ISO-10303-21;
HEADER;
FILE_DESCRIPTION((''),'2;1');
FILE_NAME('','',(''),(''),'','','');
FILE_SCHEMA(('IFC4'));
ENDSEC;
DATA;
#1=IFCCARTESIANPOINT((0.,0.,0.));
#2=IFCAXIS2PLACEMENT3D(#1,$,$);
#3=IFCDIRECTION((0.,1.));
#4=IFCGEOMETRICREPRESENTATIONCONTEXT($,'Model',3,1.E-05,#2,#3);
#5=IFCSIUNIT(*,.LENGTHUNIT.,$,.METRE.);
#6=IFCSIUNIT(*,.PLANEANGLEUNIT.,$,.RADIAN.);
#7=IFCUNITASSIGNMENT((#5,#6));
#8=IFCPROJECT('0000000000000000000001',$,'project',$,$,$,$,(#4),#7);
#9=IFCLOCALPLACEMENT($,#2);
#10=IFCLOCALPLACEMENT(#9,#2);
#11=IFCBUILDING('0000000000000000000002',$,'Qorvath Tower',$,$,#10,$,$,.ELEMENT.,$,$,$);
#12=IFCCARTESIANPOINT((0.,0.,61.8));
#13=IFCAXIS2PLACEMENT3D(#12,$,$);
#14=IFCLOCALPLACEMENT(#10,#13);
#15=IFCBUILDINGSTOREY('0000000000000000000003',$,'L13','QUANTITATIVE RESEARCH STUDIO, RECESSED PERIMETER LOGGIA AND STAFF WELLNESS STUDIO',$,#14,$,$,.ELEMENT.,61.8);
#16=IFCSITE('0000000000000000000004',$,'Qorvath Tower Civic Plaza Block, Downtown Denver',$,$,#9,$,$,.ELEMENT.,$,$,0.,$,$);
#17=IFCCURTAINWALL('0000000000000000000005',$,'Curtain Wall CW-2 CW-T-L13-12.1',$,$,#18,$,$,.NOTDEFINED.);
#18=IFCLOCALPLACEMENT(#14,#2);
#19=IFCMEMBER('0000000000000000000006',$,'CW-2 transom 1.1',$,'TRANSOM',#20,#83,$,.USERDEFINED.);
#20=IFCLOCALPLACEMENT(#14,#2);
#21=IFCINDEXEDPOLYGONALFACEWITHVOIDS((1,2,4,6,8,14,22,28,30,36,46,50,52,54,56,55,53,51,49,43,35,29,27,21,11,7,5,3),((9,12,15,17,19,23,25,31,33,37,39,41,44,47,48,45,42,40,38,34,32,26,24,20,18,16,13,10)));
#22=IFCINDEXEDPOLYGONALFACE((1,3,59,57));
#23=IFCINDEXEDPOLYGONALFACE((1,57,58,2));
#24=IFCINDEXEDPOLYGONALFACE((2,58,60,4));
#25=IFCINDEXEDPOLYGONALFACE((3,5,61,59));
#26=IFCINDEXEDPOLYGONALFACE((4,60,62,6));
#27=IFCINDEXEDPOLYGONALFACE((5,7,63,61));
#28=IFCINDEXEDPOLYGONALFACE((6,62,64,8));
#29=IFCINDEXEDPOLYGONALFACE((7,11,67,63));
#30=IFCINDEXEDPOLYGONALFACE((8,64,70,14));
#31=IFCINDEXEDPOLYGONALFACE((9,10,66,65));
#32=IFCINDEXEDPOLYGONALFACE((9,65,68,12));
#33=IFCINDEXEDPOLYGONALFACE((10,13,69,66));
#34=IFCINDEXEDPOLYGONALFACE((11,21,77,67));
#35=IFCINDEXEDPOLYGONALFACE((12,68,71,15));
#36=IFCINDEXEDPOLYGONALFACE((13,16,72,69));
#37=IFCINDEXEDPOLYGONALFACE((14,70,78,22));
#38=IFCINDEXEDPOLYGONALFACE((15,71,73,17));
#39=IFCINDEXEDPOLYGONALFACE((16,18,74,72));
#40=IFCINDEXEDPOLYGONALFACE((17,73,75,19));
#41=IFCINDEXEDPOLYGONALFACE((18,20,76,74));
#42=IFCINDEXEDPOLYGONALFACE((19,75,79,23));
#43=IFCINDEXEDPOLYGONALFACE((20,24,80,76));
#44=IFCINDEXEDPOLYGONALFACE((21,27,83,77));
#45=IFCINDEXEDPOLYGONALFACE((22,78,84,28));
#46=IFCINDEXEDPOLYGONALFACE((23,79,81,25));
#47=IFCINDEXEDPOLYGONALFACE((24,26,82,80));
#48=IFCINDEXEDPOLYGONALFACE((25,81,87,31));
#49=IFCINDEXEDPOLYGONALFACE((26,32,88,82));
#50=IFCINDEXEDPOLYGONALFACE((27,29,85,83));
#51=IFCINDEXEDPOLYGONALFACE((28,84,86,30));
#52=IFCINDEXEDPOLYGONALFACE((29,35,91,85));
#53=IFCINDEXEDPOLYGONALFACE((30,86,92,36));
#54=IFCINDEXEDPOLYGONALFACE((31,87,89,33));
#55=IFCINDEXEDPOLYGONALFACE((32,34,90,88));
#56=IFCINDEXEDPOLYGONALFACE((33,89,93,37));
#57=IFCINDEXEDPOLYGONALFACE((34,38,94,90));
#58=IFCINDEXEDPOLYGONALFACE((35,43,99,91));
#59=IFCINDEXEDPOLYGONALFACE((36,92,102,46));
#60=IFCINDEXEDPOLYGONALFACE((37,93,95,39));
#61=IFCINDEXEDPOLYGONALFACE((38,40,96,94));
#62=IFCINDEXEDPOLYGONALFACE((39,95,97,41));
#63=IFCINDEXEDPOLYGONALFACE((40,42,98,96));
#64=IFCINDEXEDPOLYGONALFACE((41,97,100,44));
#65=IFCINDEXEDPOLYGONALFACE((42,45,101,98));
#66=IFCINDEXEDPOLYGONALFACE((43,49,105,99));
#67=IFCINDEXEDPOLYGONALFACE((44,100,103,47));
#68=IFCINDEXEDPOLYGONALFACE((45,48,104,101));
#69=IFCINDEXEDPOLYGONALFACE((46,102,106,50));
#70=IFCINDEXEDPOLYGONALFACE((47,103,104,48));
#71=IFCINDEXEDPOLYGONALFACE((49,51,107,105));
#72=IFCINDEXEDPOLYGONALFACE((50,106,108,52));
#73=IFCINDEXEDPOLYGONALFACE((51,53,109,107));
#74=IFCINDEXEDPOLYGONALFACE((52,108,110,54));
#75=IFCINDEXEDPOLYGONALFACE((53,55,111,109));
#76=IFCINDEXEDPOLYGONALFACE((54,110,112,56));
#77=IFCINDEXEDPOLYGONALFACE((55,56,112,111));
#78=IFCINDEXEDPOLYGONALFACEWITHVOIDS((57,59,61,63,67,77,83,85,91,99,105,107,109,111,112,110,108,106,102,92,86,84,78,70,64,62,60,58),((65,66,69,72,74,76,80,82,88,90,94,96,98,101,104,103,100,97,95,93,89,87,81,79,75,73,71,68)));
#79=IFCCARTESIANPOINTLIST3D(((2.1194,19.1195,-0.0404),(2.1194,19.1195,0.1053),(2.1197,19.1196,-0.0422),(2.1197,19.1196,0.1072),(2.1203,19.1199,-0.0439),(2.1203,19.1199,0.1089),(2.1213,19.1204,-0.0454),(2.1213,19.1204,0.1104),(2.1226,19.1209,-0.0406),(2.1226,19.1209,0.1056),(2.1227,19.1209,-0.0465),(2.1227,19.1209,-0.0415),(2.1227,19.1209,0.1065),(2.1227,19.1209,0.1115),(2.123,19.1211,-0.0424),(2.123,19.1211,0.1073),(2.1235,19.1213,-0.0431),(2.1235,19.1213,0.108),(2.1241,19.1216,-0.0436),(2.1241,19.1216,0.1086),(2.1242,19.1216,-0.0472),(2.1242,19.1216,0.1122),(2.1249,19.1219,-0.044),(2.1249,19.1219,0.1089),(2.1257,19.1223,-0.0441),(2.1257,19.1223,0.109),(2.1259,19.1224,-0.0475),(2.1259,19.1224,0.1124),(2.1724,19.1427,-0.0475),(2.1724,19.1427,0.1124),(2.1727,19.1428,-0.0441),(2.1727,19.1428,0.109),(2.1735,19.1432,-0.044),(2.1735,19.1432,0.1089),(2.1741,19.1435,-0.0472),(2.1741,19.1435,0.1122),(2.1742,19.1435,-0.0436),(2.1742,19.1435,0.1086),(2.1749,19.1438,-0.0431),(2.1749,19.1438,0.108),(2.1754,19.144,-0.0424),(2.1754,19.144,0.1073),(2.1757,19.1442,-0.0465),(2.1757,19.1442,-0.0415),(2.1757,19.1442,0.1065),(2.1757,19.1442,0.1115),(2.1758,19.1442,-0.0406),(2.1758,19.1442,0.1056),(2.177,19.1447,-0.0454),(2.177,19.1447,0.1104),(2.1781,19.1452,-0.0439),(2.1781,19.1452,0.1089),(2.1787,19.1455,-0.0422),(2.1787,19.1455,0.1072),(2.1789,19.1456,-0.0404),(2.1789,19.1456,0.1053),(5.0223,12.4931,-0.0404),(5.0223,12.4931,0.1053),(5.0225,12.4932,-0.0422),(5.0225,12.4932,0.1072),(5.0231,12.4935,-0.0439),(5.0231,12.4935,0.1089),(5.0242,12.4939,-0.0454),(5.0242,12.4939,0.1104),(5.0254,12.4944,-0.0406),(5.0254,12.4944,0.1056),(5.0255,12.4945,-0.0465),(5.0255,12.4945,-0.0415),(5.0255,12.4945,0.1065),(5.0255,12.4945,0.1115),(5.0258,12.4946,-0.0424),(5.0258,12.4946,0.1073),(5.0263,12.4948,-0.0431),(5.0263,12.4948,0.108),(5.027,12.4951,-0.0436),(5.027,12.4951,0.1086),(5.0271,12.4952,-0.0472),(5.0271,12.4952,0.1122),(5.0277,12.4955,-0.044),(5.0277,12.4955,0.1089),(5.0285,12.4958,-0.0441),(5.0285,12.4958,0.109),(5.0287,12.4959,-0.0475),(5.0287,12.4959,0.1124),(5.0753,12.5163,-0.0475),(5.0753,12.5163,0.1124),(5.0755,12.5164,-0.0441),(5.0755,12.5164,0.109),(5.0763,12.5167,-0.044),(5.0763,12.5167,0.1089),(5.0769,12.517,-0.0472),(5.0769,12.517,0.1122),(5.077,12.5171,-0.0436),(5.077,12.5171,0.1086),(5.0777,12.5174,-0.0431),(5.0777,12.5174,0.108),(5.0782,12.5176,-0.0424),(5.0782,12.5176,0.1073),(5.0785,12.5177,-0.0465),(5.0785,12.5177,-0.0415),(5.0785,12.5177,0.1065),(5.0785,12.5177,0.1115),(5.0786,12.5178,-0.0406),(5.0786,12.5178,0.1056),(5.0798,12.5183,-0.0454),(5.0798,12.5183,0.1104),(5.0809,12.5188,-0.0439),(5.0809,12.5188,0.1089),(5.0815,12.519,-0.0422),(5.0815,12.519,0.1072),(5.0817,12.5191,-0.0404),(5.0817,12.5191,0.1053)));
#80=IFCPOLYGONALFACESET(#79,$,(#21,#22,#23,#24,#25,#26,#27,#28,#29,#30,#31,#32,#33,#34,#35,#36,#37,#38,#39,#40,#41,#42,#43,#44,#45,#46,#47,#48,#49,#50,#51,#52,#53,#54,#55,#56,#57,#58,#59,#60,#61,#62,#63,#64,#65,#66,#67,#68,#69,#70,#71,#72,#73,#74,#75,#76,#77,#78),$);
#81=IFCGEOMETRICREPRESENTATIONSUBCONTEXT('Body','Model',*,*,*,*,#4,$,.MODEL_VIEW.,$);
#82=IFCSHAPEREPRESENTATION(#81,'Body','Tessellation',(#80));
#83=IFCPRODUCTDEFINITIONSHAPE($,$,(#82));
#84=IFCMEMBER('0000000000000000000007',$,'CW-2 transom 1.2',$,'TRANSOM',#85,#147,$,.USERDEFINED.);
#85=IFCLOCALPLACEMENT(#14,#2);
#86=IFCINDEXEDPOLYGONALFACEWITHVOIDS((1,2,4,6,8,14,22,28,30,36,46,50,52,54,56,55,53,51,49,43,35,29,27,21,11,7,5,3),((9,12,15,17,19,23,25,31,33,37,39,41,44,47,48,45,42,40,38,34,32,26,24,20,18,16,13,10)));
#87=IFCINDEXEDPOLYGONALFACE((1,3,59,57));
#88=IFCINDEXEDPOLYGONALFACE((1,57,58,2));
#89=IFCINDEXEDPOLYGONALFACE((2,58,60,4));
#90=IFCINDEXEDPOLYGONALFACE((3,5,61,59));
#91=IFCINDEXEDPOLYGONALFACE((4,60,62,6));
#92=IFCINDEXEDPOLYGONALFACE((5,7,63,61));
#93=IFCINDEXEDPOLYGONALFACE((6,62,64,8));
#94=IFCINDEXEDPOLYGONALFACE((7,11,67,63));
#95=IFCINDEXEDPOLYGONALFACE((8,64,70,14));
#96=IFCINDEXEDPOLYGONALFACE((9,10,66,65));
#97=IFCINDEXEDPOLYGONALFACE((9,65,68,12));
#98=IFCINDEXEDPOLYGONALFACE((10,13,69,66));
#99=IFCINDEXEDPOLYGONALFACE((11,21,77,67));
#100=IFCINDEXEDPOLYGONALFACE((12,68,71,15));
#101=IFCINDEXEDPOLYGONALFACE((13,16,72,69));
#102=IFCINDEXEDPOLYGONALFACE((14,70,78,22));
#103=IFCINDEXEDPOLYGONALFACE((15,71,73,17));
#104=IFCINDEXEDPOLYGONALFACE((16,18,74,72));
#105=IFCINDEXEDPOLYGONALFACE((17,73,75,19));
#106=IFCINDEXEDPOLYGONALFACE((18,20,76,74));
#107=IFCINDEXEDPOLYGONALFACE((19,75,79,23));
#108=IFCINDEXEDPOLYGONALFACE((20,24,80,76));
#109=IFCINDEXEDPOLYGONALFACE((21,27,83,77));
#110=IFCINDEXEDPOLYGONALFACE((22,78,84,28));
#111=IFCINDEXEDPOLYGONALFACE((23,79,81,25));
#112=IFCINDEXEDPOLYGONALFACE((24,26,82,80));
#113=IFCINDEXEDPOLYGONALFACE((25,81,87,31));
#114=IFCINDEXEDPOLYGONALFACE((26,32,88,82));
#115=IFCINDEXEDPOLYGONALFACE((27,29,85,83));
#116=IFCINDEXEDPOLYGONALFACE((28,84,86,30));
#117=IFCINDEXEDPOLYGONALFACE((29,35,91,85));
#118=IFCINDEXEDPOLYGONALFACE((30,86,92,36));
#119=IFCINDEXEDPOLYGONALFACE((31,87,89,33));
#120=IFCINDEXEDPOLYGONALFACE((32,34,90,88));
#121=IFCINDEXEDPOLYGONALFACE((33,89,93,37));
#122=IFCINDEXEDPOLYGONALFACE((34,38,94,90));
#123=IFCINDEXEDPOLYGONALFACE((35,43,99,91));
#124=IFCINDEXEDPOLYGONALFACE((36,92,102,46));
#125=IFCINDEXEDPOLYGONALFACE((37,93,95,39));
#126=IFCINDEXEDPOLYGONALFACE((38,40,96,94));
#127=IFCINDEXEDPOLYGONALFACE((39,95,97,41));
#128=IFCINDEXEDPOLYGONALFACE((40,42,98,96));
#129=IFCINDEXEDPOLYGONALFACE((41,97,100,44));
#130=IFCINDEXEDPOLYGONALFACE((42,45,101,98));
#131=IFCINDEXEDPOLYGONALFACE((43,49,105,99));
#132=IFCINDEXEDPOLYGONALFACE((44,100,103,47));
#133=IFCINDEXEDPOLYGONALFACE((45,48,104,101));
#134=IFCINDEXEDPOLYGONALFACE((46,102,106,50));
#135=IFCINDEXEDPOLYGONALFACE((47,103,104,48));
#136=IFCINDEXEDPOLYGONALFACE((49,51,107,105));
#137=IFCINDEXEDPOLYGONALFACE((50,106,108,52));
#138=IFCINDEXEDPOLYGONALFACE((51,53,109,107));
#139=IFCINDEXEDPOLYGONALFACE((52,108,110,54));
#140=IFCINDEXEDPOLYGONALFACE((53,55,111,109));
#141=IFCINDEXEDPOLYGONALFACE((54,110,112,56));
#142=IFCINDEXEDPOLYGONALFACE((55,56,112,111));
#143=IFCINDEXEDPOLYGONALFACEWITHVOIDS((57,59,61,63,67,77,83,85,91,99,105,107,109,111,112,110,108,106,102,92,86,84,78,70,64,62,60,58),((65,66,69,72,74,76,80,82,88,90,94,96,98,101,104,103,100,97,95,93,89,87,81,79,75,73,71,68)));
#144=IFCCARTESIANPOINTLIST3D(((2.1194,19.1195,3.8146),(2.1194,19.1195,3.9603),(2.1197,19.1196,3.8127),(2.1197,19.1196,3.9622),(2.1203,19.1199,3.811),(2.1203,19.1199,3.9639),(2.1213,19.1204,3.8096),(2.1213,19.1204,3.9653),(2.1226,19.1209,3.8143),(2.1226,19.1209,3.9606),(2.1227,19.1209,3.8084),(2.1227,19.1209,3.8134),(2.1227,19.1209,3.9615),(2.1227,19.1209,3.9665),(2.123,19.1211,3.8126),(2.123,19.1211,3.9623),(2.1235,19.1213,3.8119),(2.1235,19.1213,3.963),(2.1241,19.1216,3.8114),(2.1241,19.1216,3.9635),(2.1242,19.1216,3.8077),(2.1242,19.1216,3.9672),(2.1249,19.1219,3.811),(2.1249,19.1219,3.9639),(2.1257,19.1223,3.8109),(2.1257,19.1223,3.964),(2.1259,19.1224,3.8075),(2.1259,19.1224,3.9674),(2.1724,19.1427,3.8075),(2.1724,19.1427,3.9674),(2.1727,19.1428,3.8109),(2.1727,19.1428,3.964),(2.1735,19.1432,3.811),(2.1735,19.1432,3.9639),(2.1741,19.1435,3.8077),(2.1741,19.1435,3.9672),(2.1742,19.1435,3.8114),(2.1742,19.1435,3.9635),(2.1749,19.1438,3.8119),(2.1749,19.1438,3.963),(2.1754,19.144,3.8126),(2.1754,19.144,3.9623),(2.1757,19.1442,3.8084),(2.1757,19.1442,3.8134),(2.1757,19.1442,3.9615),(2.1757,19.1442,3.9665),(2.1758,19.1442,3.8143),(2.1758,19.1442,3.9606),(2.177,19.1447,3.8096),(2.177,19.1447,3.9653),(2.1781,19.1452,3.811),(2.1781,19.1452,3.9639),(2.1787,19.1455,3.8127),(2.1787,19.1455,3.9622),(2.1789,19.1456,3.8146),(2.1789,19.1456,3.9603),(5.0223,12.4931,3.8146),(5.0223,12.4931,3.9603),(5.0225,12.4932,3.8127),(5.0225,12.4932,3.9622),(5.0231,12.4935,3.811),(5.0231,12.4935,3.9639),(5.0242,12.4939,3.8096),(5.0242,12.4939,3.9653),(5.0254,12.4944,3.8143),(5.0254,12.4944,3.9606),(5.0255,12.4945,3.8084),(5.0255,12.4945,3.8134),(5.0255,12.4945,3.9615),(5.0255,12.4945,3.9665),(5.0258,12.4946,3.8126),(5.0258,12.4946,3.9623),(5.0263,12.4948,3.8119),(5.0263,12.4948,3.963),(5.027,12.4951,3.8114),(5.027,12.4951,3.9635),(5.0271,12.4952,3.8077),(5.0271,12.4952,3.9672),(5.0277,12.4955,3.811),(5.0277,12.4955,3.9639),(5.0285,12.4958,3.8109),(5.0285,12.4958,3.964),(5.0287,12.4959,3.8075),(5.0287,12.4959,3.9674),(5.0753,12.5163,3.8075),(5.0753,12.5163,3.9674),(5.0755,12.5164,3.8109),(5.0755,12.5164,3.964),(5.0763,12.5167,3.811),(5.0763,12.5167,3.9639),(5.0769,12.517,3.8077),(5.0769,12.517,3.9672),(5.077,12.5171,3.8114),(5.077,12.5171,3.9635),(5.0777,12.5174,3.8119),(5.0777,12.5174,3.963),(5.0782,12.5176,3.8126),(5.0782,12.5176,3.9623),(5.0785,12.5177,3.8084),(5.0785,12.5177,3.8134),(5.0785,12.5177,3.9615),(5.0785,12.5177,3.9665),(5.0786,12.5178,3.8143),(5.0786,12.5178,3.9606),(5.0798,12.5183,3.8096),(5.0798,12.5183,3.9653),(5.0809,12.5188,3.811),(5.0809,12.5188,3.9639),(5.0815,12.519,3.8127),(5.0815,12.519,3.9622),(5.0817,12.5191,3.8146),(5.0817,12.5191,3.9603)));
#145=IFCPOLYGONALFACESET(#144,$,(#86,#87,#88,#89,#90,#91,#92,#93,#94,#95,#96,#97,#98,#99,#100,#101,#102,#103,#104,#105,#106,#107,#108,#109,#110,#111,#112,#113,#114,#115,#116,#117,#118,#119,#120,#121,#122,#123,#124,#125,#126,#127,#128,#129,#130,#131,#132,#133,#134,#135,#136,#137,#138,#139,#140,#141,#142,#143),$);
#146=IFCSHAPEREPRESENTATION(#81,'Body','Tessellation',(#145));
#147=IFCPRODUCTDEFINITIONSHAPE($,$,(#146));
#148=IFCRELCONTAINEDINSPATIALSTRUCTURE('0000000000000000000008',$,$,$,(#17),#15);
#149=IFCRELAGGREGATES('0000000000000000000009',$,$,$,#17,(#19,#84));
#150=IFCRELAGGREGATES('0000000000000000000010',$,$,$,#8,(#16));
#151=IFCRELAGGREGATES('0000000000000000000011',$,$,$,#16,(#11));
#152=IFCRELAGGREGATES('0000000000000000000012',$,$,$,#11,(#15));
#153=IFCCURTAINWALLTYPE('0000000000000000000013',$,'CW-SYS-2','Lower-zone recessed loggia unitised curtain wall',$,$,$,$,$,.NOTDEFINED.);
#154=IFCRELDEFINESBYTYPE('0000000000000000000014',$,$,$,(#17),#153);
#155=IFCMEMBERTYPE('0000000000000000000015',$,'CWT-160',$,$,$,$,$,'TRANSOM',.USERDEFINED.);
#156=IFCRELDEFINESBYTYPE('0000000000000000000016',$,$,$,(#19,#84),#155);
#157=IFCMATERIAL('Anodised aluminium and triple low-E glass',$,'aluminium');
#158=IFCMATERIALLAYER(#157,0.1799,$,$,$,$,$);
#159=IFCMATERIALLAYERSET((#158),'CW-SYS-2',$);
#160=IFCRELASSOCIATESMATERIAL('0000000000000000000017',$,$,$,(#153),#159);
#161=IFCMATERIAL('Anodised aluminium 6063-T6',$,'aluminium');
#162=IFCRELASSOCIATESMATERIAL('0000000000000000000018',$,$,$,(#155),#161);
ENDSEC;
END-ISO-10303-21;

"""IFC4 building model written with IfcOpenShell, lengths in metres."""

from ifc_helpers import new_model, si_unit, direction, frame, origin, origin_2d, place, context, subcontext, project, spatial, hollow_rectangle, extrude, material, layer, layer_set, material_profile, profile_set, type_object, element, aggregate, save


model = new_model("IFC4")

# Units and contexts
model_context = context("Model", 3, precision=1e-05, world=origin(), true_north=direction((0.0, 1.0)))
body_context = subcontext(model_context, "Body", "Model", "MODEL_VIEW")
ifc_project = project(units=[si_unit("LENGTHUNIT", "METRE"), si_unit("PLANEANGLEUNIT", "RADIAN")], contexts=[model_context])

# Site, building, storey
site_placement = place(None, origin())
site = spatial("IfcSite", under=ifc_project, at=site_placement, Name="Qorvath Tower Civic Plaza Block, Downtown Denver", CompositionType="ELEMENT", RefElevation=0.0)
building_placement = place(site_placement, origin())
building = spatial("IfcBuilding", under=site, at=building_placement, Name="Qorvath Tower", CompositionType="ELEMENT")
storey_placement = place(building_placement, frame((0.0, 0.0, 61.8)))
storey = spatial("IfcBuildingStorey", under=building, at=storey_placement, Name="L13", Description="QUANTITATIVE RESEARCH STUDIO, RECESSED PERIMETER LOGGIA AND STAFF WELLNESS STUDIO", CompositionType="ELEMENT", Elevation=61.8)

# Shared definitions
ifc_material_1 = material(Name="Anodised aluminium and triple low-E glass", Category="aluminium")
ifc_layer_1 = layer(ifc_material_1, 0.1799)
ifc_layer_set_1 = layer_set([ifc_layer_1], Name="CW-SYS-2")
curtain_wall_type = type_object("IfcCurtainWallType", Name="CW-SYS-2", Description="Lower-zone recessed loggia unitised curtain wall", PredefinedType="NOTDEFINED", material=ifc_layer_set_1)

# Curtain wall
curtain_wall_1_placement = place(storey_placement, origin())
curtain_wall_1 = element("IfcCurtainWall", 1, at=curtain_wall_1_placement, inside=storey, type_object=curtain_wall_type, Name="Curtain Wall CW-2 CW-T-L13-12.1", PredefinedType="NOTDEFINED")

# Members
ifc_material_2 = material(Name="Anodised aluminium 6063-T6", Category="aluminium")
ifc_material_profile_1 = material_profile(ifc_material_2, hollow_rectangle(XDim=0.0649, YDim=0.1599, WallThickness=0.0034, InnerFilletRadius=0.0034, OuterFilletRadius=0.0071, at=origin_2d()), Name="CWT 160x65")
ifc_profile_set_1 = profile_set([ifc_material_profile_1], Name="Anodised aluminium 6063-T6")
member_type_1 = type_object("IfcMemberType", Name="CWT-160", ElementType="TRANSOM", PredefinedType="USERDEFINED", material=ifc_profile_set_1)
member_1_placement = place(storey_placement, frame((5.052, 12.5061, 0.0325), z_axis=(-0.401254, 0.915967, 0.0), x_axis=(-0.915967, -0.401254, 0.0)))
member_1 = element("IfcMember", 2, at=member_1_placement, type_object=member_type_1, Name="CW-2 transom 1.1", ObjectType="TRANSOM", PredefinedType="USERDEFINED", context=body_context, shape_type="SweptSolid", body=[
    extrude(hollow_rectangle(XDim=0.0649, YDim=0.1599, WallThickness=0.0034, InnerFilletRadius=0.0034, OuterFilletRadius=0.0071, at=origin_2d()), origin(), (0.0, 0.0, 1.0), 7.2344),
])
member_2_placement = place(storey_placement, frame((5.052, 12.5061, 3.8875), z_axis=(-0.401254, 0.915967, 0.0), x_axis=(-0.915967, -0.401254, 0.0)))
member_2 = element("IfcMember", 3, at=member_2_placement, type_object=member_type_1, Name="CW-2 transom 1.2", ObjectType="TRANSOM", PredefinedType="USERDEFINED", context=body_context, shape_type="SweptSolid", body=[
    extrude(hollow_rectangle(XDim=0.0649, YDim=0.1599, WallThickness=0.0034, InnerFilletRadius=0.0034, OuterFilletRadius=0.0071, at=origin_2d()), origin(), (0.0, 0.0, 1.0), 7.2344),
])

aggregate(curtain_wall_1, [member_1, member_2])

save(model, "model.ifc")
